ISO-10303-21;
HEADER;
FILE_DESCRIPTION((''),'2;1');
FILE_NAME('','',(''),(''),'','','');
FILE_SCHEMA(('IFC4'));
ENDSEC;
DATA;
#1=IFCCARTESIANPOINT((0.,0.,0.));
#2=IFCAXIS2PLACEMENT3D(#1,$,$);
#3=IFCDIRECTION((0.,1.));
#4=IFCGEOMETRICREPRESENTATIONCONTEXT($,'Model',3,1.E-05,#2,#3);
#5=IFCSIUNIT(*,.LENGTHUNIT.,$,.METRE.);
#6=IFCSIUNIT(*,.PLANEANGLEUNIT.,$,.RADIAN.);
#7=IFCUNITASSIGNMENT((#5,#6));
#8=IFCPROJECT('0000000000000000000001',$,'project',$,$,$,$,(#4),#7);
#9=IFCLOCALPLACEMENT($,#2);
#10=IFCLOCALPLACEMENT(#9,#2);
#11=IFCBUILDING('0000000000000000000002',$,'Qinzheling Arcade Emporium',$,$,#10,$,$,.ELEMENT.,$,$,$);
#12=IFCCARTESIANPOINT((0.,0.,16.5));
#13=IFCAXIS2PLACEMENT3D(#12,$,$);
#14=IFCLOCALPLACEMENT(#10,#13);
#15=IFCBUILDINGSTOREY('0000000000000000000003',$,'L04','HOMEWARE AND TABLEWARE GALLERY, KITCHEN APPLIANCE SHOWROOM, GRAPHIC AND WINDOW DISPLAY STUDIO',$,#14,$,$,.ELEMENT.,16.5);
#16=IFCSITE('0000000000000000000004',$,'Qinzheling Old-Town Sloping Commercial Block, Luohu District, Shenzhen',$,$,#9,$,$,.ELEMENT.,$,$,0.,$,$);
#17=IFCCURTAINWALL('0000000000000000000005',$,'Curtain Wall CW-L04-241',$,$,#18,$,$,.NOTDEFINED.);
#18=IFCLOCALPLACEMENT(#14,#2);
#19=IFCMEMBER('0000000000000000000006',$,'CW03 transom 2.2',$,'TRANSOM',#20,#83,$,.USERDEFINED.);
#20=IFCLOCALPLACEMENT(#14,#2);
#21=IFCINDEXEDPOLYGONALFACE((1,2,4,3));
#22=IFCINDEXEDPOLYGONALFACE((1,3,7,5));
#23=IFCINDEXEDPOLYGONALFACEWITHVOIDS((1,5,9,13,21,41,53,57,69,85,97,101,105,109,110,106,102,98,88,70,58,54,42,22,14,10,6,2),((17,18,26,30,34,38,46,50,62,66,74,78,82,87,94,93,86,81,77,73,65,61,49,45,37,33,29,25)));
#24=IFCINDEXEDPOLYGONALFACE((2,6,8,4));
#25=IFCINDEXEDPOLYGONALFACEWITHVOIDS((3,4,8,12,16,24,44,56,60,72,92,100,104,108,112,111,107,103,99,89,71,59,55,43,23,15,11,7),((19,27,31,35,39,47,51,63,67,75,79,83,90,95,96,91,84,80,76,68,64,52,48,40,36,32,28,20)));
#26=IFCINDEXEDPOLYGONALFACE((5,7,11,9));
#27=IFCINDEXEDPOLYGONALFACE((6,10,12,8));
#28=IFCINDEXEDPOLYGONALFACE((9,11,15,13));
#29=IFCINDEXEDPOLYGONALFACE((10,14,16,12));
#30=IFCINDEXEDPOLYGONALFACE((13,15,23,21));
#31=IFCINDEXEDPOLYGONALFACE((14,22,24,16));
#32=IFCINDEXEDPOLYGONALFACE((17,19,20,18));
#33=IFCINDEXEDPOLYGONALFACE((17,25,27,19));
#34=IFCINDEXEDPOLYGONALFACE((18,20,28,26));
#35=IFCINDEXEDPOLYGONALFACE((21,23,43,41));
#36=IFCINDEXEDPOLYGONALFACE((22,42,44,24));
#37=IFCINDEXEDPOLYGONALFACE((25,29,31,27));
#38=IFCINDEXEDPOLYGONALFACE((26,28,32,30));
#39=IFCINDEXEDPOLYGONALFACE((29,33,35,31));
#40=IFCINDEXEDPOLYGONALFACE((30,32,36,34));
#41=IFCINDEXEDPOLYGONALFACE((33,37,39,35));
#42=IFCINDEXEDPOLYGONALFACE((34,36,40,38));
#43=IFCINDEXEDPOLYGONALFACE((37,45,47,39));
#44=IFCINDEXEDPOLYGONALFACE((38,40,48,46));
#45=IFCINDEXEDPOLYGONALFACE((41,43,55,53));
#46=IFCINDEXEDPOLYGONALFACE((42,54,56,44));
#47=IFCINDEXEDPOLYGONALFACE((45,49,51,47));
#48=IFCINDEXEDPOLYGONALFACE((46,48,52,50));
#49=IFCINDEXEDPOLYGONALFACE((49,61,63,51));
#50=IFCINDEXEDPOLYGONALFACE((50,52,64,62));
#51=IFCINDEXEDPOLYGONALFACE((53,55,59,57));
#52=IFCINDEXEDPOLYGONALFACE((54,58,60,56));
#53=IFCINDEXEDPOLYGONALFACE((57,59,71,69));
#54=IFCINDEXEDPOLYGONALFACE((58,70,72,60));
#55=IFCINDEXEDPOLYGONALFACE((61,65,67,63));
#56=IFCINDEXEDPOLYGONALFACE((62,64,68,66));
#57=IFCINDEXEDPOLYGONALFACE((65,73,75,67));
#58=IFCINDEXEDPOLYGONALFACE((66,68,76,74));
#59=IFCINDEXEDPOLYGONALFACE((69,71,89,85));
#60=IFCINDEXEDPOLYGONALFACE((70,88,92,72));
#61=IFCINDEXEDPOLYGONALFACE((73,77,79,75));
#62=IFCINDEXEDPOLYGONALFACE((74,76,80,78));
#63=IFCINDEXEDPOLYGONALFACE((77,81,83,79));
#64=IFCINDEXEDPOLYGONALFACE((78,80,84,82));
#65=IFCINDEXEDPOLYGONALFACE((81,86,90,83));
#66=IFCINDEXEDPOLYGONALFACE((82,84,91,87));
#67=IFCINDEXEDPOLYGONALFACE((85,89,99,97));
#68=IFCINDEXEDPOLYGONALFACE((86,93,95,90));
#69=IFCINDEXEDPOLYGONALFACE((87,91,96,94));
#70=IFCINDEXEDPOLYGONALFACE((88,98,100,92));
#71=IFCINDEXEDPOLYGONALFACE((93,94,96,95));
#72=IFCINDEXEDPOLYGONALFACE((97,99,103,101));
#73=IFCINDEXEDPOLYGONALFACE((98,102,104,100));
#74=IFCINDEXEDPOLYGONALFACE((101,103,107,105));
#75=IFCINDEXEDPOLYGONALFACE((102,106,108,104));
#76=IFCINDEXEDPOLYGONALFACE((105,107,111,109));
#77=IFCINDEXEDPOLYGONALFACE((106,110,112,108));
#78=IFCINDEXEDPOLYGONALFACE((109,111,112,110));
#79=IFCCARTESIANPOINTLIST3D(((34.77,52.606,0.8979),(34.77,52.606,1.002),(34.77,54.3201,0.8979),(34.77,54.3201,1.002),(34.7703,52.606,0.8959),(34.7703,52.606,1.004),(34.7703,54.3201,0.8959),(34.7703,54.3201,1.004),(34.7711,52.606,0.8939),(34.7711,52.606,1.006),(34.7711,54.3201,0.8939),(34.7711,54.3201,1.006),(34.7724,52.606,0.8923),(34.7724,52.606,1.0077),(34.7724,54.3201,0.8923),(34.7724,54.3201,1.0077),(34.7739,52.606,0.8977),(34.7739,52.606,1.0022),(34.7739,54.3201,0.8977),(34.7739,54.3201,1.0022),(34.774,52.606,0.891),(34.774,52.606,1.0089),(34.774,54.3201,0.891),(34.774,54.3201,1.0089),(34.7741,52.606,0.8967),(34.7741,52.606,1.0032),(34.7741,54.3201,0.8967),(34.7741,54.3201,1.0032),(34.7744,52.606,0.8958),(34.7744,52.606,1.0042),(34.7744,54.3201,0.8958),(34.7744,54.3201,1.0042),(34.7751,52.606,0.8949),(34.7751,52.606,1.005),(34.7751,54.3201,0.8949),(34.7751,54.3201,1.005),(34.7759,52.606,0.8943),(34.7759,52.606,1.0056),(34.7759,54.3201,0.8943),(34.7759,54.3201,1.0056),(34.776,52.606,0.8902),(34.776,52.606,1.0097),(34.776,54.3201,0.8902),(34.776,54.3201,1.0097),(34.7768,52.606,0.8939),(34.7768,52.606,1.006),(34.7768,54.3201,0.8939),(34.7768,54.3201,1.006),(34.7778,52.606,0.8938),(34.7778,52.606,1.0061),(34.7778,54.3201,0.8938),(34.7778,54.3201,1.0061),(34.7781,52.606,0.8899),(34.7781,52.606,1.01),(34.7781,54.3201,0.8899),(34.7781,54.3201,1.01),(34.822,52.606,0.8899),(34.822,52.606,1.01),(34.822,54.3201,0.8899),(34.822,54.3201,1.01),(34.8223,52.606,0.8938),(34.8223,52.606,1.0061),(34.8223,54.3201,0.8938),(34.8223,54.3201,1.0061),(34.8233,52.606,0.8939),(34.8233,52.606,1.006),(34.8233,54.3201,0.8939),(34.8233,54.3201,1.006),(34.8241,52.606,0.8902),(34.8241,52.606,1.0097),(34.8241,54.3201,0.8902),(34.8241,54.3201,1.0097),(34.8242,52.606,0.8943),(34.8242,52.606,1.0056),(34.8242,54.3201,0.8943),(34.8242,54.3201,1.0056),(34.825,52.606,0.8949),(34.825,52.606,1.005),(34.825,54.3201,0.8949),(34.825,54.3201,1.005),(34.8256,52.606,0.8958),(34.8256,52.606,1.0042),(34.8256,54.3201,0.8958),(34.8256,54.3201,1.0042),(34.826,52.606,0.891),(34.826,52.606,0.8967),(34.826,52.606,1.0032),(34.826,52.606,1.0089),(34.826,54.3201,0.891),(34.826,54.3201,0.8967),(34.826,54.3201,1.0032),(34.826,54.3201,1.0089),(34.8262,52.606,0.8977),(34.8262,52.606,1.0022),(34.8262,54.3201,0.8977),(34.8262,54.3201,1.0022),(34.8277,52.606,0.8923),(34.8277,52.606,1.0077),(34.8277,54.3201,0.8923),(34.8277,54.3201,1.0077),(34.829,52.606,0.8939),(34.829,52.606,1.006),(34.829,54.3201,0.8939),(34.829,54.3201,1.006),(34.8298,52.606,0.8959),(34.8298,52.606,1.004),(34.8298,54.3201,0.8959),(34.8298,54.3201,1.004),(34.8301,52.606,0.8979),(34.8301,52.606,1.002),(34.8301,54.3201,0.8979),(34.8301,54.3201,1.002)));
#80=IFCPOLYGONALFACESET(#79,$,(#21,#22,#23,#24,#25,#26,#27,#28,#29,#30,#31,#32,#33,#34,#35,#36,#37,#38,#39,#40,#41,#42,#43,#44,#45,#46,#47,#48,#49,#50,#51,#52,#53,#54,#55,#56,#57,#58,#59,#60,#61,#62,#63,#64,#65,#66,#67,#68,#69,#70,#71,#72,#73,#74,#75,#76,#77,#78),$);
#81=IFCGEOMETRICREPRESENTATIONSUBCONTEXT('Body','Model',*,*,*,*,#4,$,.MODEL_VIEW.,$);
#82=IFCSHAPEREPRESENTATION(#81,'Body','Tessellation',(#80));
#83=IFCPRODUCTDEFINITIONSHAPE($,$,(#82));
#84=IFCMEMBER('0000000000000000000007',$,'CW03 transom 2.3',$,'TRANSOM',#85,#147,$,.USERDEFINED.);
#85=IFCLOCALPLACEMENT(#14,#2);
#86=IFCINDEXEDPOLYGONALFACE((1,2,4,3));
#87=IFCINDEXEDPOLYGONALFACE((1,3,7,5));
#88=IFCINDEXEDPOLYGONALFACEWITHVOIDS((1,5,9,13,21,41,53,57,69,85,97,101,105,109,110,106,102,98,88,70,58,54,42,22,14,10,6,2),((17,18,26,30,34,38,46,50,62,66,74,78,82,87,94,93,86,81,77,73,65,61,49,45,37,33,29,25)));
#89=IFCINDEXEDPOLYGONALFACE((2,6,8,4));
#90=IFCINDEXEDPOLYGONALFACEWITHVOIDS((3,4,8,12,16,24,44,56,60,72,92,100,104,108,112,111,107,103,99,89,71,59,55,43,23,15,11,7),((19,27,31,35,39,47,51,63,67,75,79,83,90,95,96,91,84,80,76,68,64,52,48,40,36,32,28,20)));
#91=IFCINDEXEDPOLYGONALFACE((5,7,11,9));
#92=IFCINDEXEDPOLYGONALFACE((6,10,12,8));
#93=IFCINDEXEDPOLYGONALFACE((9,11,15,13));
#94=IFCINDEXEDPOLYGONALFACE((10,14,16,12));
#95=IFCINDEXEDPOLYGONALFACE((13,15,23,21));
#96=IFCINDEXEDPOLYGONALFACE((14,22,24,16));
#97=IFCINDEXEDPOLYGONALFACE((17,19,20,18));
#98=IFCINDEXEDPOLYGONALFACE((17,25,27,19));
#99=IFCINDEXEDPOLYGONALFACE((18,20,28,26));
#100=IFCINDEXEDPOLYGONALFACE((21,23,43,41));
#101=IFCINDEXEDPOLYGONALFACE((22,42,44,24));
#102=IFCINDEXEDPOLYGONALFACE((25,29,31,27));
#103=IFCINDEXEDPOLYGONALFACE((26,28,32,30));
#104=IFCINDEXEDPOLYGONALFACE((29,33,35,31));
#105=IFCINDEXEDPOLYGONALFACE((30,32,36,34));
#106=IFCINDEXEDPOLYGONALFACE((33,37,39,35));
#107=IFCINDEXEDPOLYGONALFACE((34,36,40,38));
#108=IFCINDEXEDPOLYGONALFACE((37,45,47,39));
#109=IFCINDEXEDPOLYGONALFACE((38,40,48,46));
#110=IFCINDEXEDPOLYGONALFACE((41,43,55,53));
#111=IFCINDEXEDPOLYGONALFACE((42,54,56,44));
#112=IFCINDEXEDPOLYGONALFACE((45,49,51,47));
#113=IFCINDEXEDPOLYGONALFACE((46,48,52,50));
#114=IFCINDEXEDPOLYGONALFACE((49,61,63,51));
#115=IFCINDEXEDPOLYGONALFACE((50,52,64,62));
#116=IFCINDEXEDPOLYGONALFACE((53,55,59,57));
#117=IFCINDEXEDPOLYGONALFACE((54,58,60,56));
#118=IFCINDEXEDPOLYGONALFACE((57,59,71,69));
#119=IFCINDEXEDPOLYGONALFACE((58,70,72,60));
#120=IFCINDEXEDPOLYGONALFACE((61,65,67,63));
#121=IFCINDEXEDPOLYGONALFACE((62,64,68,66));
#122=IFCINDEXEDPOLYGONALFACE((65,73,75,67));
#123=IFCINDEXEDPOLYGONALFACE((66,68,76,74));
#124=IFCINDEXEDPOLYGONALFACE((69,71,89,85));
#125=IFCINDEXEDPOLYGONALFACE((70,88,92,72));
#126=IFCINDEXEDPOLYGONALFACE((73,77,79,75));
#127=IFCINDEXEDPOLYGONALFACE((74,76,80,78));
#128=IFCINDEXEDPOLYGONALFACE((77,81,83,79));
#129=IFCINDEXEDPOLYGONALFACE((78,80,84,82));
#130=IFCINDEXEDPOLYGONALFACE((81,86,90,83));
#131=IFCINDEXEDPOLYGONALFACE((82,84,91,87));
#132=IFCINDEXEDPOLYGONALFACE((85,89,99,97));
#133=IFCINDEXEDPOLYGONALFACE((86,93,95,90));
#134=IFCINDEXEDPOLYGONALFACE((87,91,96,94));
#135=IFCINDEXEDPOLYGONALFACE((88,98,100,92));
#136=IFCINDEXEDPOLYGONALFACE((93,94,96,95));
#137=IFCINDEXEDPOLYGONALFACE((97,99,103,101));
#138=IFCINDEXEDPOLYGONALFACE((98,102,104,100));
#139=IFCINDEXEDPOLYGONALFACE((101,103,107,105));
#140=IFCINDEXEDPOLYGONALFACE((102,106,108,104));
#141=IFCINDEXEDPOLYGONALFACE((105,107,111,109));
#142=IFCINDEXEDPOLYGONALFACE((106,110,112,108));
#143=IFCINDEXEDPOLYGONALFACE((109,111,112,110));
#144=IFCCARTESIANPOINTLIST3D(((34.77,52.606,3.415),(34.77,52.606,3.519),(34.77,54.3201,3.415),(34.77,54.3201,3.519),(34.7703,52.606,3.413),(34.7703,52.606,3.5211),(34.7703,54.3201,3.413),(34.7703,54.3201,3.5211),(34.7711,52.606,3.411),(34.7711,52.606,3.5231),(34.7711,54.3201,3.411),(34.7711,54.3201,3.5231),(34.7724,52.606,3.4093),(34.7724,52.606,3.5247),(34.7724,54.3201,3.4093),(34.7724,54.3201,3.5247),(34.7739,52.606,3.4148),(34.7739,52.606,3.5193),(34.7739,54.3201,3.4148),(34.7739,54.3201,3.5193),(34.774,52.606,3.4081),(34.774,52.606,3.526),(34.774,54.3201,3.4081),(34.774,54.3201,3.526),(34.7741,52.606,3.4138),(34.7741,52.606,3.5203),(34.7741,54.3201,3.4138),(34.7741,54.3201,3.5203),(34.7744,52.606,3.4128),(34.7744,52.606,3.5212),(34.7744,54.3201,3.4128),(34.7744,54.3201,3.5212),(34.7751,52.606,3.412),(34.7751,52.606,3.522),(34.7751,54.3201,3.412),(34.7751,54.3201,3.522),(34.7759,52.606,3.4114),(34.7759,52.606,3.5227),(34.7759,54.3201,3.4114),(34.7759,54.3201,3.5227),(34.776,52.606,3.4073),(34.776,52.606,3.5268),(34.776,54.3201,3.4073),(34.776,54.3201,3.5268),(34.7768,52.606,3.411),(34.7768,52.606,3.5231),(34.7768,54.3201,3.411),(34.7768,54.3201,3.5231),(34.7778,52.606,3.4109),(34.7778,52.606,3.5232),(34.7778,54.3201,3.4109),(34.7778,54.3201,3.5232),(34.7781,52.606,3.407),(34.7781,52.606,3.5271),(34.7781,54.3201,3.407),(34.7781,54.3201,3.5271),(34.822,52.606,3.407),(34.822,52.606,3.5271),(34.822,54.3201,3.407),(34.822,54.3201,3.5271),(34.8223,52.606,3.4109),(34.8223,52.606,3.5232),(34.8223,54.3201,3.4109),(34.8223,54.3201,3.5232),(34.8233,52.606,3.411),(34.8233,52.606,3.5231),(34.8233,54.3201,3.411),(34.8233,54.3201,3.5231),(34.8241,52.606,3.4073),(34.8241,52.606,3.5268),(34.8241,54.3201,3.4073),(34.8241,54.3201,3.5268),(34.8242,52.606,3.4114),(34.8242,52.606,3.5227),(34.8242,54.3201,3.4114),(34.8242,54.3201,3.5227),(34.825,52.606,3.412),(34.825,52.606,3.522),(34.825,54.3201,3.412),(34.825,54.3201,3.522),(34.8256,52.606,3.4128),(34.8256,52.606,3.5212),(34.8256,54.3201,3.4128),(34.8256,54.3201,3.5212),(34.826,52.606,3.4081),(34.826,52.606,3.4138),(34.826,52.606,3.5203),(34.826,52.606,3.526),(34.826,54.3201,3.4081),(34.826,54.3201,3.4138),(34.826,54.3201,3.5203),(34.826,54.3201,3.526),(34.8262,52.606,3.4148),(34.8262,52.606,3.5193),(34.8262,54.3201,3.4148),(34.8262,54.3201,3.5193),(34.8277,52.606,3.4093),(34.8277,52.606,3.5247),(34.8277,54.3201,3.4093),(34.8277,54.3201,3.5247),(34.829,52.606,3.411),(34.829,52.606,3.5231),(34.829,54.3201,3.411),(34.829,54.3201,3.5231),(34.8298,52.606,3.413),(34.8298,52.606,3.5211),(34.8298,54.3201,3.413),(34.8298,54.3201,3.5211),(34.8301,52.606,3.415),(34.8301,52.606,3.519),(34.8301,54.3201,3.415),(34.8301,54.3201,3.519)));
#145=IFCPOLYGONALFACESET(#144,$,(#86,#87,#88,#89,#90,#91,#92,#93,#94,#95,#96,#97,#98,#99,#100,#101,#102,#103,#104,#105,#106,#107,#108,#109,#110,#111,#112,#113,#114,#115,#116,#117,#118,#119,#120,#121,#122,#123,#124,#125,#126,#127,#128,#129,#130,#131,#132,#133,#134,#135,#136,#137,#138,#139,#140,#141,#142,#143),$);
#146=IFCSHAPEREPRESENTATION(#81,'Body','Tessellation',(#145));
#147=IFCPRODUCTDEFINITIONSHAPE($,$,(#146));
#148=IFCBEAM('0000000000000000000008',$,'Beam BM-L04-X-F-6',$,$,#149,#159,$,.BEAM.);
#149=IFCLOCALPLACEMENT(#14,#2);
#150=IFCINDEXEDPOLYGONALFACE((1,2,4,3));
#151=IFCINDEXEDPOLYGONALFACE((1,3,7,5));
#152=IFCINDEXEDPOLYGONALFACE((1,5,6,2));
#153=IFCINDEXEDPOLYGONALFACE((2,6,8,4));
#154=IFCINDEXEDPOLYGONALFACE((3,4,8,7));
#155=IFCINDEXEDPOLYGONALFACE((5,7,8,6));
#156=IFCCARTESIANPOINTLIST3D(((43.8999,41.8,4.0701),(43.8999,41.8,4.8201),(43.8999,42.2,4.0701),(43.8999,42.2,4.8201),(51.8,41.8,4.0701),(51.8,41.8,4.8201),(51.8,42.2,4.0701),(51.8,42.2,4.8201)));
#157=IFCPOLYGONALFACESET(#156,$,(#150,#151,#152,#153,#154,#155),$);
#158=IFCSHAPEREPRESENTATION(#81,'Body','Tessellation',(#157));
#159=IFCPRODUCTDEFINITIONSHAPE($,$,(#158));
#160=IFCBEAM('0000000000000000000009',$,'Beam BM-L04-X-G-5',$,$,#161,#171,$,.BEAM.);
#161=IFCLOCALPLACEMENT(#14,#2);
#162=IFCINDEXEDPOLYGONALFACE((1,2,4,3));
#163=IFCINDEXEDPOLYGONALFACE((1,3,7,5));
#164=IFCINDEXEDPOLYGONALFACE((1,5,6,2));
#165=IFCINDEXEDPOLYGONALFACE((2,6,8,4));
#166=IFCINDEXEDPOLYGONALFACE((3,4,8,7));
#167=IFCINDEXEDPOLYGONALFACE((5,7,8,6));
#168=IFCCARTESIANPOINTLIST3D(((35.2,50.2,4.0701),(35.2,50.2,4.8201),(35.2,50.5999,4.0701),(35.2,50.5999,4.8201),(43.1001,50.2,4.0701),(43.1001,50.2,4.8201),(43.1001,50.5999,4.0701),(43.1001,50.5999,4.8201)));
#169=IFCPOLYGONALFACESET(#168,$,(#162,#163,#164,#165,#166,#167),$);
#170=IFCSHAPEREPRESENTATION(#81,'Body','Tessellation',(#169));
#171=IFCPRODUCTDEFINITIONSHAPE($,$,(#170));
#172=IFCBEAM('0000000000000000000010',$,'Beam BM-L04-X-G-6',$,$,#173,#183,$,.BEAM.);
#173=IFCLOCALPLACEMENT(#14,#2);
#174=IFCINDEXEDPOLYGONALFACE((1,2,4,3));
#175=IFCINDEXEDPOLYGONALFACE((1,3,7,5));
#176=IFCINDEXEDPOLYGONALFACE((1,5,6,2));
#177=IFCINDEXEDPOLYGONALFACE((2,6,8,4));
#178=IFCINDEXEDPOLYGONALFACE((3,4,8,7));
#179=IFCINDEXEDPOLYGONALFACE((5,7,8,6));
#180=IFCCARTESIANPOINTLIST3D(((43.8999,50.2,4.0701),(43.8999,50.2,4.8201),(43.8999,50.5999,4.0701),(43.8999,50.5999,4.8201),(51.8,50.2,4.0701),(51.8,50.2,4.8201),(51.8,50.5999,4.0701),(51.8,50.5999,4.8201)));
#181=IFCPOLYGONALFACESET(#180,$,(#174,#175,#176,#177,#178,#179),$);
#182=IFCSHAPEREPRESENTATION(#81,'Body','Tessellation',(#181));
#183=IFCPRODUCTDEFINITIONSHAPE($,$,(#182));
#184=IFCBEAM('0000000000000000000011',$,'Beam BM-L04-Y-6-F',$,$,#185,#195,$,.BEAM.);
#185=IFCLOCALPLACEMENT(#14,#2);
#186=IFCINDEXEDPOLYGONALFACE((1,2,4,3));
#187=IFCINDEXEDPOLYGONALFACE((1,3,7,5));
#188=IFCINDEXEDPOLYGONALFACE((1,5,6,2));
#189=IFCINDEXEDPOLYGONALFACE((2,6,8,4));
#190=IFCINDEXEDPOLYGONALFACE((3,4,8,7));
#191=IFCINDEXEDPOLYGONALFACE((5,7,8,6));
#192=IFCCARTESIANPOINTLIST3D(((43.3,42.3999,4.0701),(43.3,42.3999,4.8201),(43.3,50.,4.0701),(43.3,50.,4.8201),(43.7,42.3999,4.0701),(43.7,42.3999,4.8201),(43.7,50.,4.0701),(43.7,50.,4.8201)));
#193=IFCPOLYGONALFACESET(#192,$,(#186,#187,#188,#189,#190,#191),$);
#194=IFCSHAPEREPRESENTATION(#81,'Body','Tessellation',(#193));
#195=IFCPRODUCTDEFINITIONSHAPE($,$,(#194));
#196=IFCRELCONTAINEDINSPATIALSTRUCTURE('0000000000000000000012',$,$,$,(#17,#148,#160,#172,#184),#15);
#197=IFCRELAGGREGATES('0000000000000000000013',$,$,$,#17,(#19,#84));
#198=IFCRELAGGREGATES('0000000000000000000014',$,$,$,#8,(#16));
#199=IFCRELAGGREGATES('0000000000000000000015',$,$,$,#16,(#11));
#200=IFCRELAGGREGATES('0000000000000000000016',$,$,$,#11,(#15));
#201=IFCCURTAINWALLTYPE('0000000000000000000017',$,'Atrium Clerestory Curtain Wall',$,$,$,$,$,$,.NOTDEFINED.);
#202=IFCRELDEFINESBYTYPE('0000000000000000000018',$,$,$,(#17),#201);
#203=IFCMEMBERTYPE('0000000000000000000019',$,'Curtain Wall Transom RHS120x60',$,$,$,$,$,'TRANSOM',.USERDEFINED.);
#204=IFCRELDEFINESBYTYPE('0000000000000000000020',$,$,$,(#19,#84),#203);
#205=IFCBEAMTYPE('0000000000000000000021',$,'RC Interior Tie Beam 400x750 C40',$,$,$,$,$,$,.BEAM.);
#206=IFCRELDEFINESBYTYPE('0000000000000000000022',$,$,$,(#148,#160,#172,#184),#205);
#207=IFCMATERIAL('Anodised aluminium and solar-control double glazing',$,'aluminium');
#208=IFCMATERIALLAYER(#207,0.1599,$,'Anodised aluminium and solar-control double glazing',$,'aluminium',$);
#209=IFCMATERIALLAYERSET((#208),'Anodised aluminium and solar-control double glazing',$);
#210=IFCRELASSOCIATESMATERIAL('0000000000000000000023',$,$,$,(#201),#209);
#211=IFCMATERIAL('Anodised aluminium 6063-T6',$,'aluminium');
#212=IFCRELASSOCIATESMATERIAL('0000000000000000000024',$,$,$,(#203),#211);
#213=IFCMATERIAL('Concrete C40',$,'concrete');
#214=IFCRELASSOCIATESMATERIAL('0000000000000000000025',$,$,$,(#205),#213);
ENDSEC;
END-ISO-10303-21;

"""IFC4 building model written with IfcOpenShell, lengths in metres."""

from ifc_helpers import new_model, si_unit, direction, frame, origin, origin_2d, place, context, subcontext, project, spatial, rectangle, hollow_rectangle, extrude, material, layer, layer_set, material_profile, profile_set, type_object, element, aggregate, save


model = new_model("IFC4")

# Units and contexts
model_context = context("Model", 3, precision=1e-05, world=origin(), true_north=direction((0.0, 1.0)))
body_context = subcontext(model_context, "Body", "Model", "MODEL_VIEW")
ifc_project = project(units=[si_unit("LENGTHUNIT", "METRE"), si_unit("PLANEANGLEUNIT", "RADIAN")], contexts=[model_context])

# Site, building, storey
site_placement = place(None, origin())
site = spatial("IfcSite", under=ifc_project, at=site_placement, Name="Qinzheling Old-Town Sloping Commercial Block, Luohu District, Shenzhen", CompositionType="ELEMENT", RefElevation=0.0)
building_placement = place(site_placement, origin())
building = spatial("IfcBuilding", under=site, at=building_placement, Name="Qinzheling Arcade Emporium", CompositionType="ELEMENT")
storey_placement = place(building_placement, frame((0.0, 0.0, 16.5)))
storey = spatial("IfcBuildingStorey", under=building, at=storey_placement, Name="L04", Description="HOMEWARE AND TABLEWARE GALLERY, KITCHEN APPLIANCE SHOWROOM, GRAPHIC AND WINDOW DISPLAY STUDIO", CompositionType="ELEMENT", Elevation=16.5)

# Shared definitions
ifc_material_1 = material(Name="Concrete C40", Category="concrete")

# Curtain wall, members
ifc_material_2 = material(Name="Anodised aluminium and solar-control double glazing", Category="aluminium")
ifc_layer_1 = layer(ifc_material_2, 0.1599, Name="Anodised aluminium and solar-control double glazing", Category="aluminium")
ifc_layer_set_1 = layer_set([ifc_layer_1], Name="Anodised aluminium and solar-control double glazing")
curtain_wall_type = type_object("IfcCurtainWallType", Name="Atrium Clerestory Curtain Wall", PredefinedType="NOTDEFINED", material=ifc_layer_set_1)
curtain_wall_placement = place(storey_placement, origin())
curtain_wall = element("IfcCurtainWall", 1, at=curtain_wall_placement, inside=storey, type_object=curtain_wall_type, Name="Curtain Wall CW-L04-241", PredefinedType="NOTDEFINED")
ifc_material_3 = material(Name="Anodised aluminium 6063-T6", Category="aluminium")
ifc_material_profile_1 = material_profile(ifc_material_3, hollow_rectangle(XDim=0.0601, YDim=0.1201, WallThickness=0.0039, InnerFilletRadius=0.0039, OuterFilletRadius=0.0081, at=origin_2d()), Name="RHS 120x60x4", Category="aluminium")
ifc_profile_set_1 = profile_set([ifc_material_profile_1], Name="Anodised aluminium 6063-T6")
member_type_1 = type_object("IfcMemberType", Name="Curtain Wall Transom RHS120x60", ElementType="TRANSOM", PredefinedType="USERDEFINED", material=ifc_profile_set_1)
member_1_placement = place(storey_placement, frame((34.8, 52.606, 0.95), z_axis=(0.0, 1.0, 0.0), x_axis=(-1.0, 0.0, 0.0)))
member_1 = element("IfcMember", 2, at=member_1_placement, type_object=member_type_1, Name="CW03 transom 2.2", ObjectType="TRANSOM", PredefinedType="USERDEFINED", context=body_context, shape_type="SweptSolid", body=[
    extrude(hollow_rectangle(XDim=0.0601, YDim=0.1201, WallThickness=0.0039, InnerFilletRadius=0.0039, OuterFilletRadius=0.0081, at=origin_2d()), origin(), (0.0, 0.0, 1.0), 1.7141),
])
member_2_placement = place(storey_placement, frame((34.8, 52.606, 3.467), z_axis=(0.0, 1.0, 0.0), x_axis=(-1.0, 0.0, 0.0)))
member_2 = element("IfcMember", 3, at=member_2_placement, type_object=member_type_1, Name="CW03 transom 2.3", ObjectType="TRANSOM", PredefinedType="USERDEFINED", context=body_context, shape_type="SweptSolid", body=[
    extrude(hollow_rectangle(XDim=0.0601, YDim=0.1201, WallThickness=0.0039, InnerFilletRadius=0.0039, OuterFilletRadius=0.0081, at=origin_2d()), origin(), (0.0, 0.0, 1.0), 1.7141),
])

# Beams
ifc_material_profile_2 = material_profile(ifc_material_1, rectangle(XDim=0.3999, YDim=0.75, at=origin_2d()), Name="RC 400x750", Category="concrete")
ifc_profile_set_2 = profile_set([ifc_material_profile_2], Name="Concrete C40")
beam_type_1 = type_object("IfcBeamType", Name="RC Interior Tie Beam 400x750 C40", PredefinedType="BEAM", material=ifc_profile_set_2)
for number, where, z_axis, x_axis, name in (
    (4, (43.8999, 42.0, 4.4451), (1.0, 0.0, 0.0), (0.0, 1.0, 0.0), "Beam BM-L04-X-F-6"),
    (5, (35.2, 50.3999, 4.4451), (1.0, 0.0, 0.0), (0.0, 1.0, 0.0), "Beam BM-L04-X-G-5"),
    (6, (43.8999, 50.3999, 4.4451), (1.0, 0.0, 0.0), (0.0, 1.0, 0.0), "Beam BM-L04-X-G-6"),
):
    element("IfcBeam", number, at=place(storey_placement, frame(where, z_axis=z_axis, x_axis=x_axis)), inside=storey, type_object=beam_type_1, Name=name, PredefinedType="BEAM", context=body_context, shape_type="SweptSolid", body=[
        extrude(rectangle(XDim=0.3999, YDim=0.75, at=origin_2d()), origin(), (0.0, 0.0, 1.0), 7.9001),
    ])
beam_1_placement = place(storey_placement, frame((43.5, 42.3999, 4.4451), z_axis=(0.0, 1.0, 0.0), x_axis=(-1.0, 0.0, 0.0)))
element("IfcBeam", 7, at=beam_1_placement, inside=storey, type_object=beam_type_1, Name="Beam BM-L04-Y-6-F", PredefinedType="BEAM", context=body_context, shape_type="SweptSolid", body=[
    extrude(rectangle(XDim=0.3999, YDim=0.75, at=origin_2d()), origin(), (0.0, 0.0, 1.0), 7.6001),
])

aggregate(curtain_wall, [member_1, member_2])

save(model, "model.ifc")
